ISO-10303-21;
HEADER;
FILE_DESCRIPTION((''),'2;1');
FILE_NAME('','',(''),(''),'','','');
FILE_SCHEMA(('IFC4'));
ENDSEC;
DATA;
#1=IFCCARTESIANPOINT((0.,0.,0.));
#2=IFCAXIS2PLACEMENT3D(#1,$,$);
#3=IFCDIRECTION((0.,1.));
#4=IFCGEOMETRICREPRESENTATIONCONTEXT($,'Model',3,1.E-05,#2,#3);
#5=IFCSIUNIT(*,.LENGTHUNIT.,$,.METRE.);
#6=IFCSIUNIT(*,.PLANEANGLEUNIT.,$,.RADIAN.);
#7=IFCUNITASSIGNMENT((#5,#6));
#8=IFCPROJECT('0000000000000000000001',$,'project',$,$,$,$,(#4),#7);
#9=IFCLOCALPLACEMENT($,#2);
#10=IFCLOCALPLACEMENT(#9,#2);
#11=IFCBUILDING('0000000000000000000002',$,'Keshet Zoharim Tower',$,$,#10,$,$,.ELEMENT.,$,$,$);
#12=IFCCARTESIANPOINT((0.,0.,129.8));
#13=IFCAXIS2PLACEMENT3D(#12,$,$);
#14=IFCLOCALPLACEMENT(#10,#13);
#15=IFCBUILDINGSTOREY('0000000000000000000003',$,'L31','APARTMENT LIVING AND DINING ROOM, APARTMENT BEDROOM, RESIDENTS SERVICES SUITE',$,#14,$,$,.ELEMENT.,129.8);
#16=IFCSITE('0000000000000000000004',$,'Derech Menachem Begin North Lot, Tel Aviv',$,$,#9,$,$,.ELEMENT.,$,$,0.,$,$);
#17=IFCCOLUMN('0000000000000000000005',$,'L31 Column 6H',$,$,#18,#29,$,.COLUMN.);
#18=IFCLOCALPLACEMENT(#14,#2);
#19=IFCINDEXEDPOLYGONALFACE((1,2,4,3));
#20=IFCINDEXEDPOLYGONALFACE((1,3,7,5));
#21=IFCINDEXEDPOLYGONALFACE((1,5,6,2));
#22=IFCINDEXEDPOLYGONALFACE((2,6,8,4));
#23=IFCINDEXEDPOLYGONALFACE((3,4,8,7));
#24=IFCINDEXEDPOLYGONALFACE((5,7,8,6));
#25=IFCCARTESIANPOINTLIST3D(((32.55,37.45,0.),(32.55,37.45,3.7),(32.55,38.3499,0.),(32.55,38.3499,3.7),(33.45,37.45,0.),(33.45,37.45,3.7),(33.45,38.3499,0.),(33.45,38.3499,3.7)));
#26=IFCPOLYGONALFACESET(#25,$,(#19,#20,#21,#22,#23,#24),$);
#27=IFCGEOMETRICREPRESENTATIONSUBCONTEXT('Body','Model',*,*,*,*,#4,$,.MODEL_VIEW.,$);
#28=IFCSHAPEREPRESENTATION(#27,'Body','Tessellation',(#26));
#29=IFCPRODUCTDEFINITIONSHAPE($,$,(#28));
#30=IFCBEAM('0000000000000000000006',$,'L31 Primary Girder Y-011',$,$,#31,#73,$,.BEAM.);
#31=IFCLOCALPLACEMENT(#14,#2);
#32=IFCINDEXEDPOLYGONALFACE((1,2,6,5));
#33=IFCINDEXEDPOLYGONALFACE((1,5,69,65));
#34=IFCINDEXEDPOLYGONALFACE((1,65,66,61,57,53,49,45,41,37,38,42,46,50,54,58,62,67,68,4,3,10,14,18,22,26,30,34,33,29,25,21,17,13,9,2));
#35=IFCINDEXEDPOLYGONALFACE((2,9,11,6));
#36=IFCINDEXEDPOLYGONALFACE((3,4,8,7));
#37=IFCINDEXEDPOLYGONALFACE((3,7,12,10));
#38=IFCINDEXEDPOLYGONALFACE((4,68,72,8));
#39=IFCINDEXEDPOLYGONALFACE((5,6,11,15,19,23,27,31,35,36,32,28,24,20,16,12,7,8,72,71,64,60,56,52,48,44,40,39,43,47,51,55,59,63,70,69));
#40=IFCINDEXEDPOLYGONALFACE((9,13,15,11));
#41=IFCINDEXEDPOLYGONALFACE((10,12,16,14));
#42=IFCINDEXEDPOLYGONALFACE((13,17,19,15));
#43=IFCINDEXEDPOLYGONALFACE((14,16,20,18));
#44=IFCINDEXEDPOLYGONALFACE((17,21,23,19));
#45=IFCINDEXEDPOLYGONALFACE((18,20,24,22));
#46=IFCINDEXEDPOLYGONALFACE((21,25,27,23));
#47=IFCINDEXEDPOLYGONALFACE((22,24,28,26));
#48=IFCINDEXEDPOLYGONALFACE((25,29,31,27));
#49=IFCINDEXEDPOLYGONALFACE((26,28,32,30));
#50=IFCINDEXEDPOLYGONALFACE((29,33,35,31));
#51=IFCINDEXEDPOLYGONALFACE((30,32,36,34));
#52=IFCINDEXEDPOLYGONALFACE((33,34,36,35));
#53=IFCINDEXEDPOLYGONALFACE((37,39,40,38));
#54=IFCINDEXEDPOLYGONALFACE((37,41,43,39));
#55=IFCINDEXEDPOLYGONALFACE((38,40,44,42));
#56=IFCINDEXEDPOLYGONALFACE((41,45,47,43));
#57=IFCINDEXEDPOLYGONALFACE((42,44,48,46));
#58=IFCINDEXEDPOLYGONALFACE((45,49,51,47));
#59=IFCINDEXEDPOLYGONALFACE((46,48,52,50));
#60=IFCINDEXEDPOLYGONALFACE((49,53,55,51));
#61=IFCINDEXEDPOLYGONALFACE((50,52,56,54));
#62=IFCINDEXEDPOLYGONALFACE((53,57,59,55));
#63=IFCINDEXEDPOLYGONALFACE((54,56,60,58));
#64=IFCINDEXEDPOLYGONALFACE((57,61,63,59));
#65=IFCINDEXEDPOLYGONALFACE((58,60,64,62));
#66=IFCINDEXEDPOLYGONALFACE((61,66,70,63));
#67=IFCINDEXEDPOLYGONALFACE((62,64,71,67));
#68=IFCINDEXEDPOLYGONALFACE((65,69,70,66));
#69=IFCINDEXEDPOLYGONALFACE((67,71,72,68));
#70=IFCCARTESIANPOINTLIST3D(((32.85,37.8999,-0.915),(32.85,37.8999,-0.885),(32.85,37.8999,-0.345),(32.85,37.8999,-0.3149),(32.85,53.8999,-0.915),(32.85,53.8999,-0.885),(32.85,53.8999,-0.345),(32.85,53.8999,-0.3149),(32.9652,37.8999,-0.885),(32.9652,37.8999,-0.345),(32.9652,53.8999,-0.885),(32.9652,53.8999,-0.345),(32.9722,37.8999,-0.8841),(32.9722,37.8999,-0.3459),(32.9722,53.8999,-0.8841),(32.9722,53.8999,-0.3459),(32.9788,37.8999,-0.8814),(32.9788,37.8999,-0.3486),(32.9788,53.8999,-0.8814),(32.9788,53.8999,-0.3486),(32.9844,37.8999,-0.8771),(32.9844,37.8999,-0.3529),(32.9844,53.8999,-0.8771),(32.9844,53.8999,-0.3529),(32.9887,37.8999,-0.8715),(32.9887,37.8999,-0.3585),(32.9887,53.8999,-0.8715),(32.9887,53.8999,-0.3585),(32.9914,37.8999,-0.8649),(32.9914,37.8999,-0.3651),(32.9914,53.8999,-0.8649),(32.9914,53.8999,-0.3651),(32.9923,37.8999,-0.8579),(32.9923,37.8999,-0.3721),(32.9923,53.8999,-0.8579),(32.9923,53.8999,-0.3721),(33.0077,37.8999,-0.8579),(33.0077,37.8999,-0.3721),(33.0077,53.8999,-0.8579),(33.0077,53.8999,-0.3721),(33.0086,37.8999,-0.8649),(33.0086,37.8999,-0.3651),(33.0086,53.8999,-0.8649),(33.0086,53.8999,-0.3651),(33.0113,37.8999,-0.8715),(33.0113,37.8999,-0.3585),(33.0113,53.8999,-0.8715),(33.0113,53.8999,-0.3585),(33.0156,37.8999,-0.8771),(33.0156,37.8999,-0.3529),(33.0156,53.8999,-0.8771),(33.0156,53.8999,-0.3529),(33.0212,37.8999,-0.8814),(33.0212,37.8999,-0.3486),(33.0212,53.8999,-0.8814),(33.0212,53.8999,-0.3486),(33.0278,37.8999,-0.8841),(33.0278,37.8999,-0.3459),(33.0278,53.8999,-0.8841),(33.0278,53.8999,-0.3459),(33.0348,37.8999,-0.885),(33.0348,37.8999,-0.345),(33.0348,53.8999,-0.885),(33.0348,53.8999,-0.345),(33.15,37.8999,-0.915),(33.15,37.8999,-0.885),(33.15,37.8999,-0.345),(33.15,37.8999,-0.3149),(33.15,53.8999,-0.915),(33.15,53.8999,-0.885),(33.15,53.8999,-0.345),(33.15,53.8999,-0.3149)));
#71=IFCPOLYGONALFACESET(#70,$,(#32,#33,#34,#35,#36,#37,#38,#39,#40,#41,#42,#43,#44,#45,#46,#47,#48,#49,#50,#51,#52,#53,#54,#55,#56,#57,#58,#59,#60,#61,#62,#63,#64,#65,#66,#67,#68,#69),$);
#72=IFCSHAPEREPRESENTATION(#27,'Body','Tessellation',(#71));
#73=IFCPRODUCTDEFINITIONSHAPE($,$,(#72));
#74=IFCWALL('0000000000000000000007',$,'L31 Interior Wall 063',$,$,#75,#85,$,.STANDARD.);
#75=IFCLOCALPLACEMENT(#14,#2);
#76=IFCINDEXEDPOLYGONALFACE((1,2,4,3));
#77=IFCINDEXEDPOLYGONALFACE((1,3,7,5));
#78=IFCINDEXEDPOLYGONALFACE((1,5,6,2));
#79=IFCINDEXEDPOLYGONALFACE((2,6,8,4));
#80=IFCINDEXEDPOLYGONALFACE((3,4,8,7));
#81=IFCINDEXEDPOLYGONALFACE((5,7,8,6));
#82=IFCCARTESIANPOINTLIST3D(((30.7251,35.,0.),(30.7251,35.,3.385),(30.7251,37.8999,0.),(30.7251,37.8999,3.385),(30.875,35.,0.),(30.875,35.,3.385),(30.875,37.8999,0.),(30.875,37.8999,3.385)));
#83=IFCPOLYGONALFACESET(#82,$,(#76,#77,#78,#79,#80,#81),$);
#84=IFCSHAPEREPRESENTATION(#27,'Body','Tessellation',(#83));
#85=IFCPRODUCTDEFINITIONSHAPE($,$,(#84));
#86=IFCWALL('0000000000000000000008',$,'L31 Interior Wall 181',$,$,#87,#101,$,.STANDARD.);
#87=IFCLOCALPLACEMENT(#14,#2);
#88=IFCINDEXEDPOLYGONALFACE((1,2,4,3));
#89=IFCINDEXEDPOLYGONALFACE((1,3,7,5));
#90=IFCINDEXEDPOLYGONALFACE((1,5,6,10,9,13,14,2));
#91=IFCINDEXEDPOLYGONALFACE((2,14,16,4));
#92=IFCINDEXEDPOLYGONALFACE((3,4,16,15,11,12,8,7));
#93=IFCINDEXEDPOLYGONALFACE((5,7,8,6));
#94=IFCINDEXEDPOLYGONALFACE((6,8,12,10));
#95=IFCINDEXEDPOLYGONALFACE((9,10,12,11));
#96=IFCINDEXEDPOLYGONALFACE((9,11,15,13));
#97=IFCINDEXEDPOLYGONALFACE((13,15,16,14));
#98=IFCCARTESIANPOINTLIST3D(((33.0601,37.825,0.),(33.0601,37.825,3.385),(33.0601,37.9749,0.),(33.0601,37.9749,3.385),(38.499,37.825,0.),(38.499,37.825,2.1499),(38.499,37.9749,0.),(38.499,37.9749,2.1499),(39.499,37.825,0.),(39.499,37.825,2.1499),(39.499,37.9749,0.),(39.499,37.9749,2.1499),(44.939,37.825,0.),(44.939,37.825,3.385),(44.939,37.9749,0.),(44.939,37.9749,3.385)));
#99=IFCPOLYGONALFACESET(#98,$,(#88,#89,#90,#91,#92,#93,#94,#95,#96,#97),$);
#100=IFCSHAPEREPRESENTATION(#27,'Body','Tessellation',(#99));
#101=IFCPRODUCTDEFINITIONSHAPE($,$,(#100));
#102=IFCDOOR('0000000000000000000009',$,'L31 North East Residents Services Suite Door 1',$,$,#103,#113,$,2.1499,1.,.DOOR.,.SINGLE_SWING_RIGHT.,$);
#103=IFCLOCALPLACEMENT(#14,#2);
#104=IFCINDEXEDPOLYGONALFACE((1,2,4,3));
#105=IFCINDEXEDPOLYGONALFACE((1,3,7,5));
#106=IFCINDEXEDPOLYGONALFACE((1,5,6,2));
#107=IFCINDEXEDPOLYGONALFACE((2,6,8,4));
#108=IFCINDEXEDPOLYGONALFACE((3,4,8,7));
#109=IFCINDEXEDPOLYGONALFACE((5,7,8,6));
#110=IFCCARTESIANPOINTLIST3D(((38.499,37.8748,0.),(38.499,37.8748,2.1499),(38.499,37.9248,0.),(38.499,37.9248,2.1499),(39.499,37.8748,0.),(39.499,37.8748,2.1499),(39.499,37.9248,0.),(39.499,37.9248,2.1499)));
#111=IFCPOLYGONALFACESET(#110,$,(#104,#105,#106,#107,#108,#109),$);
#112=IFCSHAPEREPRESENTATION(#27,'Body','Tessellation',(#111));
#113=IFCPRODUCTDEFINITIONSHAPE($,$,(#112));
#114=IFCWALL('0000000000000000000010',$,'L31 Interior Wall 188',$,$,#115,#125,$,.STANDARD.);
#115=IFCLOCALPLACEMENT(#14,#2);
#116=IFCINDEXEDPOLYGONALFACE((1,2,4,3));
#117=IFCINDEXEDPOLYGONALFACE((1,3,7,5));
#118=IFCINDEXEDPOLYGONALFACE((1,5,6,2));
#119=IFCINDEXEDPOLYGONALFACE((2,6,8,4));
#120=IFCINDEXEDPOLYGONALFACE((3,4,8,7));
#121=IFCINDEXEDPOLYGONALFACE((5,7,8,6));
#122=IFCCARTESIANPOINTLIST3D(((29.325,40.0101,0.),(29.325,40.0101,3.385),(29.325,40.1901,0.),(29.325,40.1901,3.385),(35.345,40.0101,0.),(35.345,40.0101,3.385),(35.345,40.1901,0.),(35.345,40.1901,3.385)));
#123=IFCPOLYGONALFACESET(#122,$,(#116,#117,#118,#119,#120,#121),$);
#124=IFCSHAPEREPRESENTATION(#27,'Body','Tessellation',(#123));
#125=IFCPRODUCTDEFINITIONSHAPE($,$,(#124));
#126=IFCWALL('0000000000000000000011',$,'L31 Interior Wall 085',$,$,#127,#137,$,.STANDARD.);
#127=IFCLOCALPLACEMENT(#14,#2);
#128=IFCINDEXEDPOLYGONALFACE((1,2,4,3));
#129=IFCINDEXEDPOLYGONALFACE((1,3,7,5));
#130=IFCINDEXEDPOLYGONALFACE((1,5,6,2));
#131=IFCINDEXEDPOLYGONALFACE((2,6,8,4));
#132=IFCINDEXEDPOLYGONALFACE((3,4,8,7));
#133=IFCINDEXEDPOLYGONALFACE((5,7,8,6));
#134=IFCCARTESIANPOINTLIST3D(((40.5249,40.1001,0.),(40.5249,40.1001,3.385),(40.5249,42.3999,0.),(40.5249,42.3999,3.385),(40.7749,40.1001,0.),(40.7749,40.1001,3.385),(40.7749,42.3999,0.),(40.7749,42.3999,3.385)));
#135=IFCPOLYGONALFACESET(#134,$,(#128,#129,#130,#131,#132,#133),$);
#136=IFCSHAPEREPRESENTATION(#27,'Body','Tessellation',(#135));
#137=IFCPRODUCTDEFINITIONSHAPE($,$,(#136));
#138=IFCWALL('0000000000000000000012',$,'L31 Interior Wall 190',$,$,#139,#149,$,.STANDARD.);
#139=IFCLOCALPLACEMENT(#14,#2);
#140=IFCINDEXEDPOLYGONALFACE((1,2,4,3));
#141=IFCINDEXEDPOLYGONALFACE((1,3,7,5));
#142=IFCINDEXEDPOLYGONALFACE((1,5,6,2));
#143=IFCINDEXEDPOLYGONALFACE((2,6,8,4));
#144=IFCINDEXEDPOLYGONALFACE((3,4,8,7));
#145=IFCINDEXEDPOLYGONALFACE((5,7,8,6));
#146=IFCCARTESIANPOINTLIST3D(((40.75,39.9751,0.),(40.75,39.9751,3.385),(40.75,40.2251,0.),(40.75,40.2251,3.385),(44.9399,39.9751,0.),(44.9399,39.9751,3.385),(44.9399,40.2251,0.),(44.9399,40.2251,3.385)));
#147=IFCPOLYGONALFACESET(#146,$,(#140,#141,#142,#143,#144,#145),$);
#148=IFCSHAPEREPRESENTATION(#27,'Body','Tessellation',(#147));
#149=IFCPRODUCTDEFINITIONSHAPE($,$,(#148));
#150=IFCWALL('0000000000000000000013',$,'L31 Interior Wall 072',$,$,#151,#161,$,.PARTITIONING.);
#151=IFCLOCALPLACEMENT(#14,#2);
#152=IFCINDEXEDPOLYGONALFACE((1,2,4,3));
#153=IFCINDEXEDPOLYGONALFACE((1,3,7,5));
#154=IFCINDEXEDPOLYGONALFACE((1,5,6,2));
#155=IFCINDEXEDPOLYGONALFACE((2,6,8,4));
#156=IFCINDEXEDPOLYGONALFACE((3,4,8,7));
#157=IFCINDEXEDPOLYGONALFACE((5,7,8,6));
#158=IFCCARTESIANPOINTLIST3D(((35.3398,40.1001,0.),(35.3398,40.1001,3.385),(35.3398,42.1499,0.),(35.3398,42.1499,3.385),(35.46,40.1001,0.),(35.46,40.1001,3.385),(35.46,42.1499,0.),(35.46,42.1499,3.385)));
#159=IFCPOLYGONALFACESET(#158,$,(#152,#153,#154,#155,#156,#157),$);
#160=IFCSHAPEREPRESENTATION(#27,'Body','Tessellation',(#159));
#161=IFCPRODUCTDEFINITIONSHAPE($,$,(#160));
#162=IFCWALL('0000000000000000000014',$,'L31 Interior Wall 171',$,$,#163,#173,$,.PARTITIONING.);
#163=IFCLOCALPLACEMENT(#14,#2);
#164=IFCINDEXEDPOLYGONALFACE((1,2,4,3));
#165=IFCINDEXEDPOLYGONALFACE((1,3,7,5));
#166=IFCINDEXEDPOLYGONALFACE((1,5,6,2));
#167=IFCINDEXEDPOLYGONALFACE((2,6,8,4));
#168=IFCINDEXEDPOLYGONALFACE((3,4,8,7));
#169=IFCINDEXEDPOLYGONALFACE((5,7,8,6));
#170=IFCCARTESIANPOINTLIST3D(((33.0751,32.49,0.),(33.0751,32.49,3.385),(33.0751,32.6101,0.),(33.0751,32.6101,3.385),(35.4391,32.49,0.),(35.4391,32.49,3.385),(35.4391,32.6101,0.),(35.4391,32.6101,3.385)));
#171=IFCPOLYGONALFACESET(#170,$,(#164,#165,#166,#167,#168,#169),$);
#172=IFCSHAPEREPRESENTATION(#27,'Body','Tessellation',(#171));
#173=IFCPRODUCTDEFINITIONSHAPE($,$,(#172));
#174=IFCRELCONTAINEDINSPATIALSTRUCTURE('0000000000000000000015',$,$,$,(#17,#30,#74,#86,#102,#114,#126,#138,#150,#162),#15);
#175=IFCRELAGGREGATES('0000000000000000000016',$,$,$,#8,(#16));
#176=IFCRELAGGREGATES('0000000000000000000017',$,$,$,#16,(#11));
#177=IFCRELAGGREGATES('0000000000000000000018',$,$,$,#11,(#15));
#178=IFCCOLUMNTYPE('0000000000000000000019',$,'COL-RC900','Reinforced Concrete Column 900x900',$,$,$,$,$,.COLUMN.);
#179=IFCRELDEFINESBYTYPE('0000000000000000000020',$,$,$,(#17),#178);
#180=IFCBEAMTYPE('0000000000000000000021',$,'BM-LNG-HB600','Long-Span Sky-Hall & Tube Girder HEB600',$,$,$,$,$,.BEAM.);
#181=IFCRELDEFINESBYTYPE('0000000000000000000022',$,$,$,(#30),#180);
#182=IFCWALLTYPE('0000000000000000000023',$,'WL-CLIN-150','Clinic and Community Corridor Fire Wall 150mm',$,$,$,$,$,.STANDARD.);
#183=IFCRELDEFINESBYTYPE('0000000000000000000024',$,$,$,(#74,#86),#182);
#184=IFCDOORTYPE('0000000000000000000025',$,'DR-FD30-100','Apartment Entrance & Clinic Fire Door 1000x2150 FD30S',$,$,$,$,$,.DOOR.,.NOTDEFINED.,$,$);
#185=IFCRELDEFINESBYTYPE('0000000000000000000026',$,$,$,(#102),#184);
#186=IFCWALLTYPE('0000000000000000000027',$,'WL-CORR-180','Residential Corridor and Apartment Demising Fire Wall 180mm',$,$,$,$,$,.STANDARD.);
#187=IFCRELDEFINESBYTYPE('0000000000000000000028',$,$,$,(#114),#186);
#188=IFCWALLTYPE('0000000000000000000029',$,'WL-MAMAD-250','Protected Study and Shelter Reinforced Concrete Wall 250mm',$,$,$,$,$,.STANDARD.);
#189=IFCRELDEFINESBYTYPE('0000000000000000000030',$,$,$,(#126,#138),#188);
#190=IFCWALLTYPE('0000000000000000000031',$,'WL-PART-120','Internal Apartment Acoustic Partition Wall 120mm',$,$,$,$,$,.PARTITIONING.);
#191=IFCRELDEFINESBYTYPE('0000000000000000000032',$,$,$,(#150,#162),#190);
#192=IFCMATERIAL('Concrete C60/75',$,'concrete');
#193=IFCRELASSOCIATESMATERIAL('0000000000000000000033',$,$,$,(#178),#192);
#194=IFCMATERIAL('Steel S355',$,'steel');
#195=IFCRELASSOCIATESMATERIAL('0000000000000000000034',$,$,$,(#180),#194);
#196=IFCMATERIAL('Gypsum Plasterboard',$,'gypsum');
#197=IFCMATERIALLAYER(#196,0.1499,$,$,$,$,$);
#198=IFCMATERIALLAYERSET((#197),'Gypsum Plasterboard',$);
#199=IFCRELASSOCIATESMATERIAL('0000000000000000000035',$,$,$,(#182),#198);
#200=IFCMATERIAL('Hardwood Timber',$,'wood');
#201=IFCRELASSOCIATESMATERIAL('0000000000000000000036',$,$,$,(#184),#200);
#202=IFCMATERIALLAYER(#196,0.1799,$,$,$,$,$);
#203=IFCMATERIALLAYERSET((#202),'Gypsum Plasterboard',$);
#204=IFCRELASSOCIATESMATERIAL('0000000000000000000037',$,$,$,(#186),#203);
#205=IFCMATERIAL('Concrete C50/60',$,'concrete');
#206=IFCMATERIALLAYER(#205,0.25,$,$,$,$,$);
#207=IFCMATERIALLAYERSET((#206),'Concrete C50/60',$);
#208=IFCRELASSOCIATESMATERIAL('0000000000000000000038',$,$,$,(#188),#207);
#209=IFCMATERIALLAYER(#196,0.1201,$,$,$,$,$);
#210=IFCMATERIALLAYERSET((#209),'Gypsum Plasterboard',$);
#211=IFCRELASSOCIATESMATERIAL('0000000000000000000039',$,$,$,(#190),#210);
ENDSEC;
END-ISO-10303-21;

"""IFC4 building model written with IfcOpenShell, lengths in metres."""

from ifc_helpers import new_model, si_unit, direction, frame, frame_2d, origin, origin_2d, place, context, subcontext, project, spatial, rectangle, i_section, extrude, material, layer, layer_set, material_profile, profile_set, type_object, element, fill, save


model = new_model("IFC4")

# Units and contexts
model_context = context("Model", 3, precision=1e-05, world=origin(), true_north=direction((0.0, 1.0)))
body_context = subcontext(model_context, "Body", "Model", "MODEL_VIEW")
ifc_project = project(units=[si_unit("LENGTHUNIT", "METRE"), si_unit("PLANEANGLEUNIT", "RADIAN")], contexts=[model_context])

# Site, building, storey
site_placement = place(None, origin())
site = spatial("IfcSite", under=ifc_project, at=site_placement, Name="Derech Menachem Begin North Lot, Tel Aviv", CompositionType="ELEMENT", RefElevation=0.0)
building_placement = place(site_placement, origin())
building = spatial("IfcBuilding", under=site, at=building_placement, Name="Keshet Zoharim Tower", CompositionType="ELEMENT")
storey_placement = place(building_placement, frame((0.0, 0.0, 129.8)))
storey = spatial("IfcBuildingStorey", under=building, at=storey_placement, Name="L31", Description="APARTMENT LIVING AND DINING ROOM, APARTMENT BEDROOM, RESIDENTS SERVICES SUITE", CompositionType="ELEMENT", Elevation=129.8)

# Column
ifc_material_1 = material(Name="Concrete C60/75", Category="concrete")
ifc_material_profile_1 = material_profile(ifc_material_1, rectangle(XDim=0.8999, YDim=0.8999, at=origin_2d()), Name="RC900x900")
ifc_profile_set_1 = profile_set([ifc_material_profile_1], Name="Concrete C60/75")
column_type = type_object("IfcColumnType", Name="COL-RC900", Description="Reinforced Concrete Column 900x900", PredefinedType="COLUMN", material=ifc_profile_set_1)
column_placement = place(storey_placement, frame((33.0, 37.8999, 0.0), z_axis=(0.0, 0.0, 1.0), x_axis=(1.0, 0.0, 0.0)))
element("IfcColumn", 1, at=column_placement, inside=storey, type_object=column_type, Name="L31 Column 6H", PredefinedType="COLUMN", context=body_context, shape_type="SweptSolid", body=[
    extrude(rectangle(XDim=0.8999, YDim=0.8999, at=origin_2d()), origin(), (0.0, 0.0, 1.0), 3.7),
])

# Beam
ifc_material_2 = material(Name="Steel S355", Category="steel")
ifc_material_profile_2 = material_profile(ifc_material_2, i_section(OverallWidth=0.3, OverallDepth=0.6001, WebThickness=0.0154, FlangeThickness=0.03, FilletRadius=0.0271, at=origin_2d()), Name="HEB600")
ifc_profile_set_2 = profile_set([ifc_material_profile_2], Name="Steel S355")
beam_type = type_object("IfcBeamType", Name="BM-LNG-HB600", Description="Long-Span Sky-Hall & Tube Girder HEB600", PredefinedType="BEAM", material=ifc_profile_set_2)
beam_placement = place(storey_placement, frame((33.0, 37.8999, -0.615), z_axis=(0.0, 1.0, 0.0), x_axis=(-1.0, 0.0, 0.0)))
element("IfcBeam", 2, at=beam_placement, inside=storey, type_object=beam_type, Name="L31 Primary Girder Y-011", PredefinedType="BEAM", context=body_context, shape_type="SweptSolid", body=[
    extrude(i_section(OverallWidth=0.3, OverallDepth=0.6001, WebThickness=0.0154, FlangeThickness=0.03, FilletRadius=0.0271, at=origin_2d()), origin(), (0.0, 0.0, 1.0), 16.0),
])

# Wall
ifc_material_3 = material(Name="Gypsum Plasterboard", Category="gypsum")
ifc_layer_1 = layer(ifc_material_3, 0.1499)
ifc_layer_set_1 = layer_set([ifc_layer_1], Name="Gypsum Plasterboard")
wall_type_1 = type_object("IfcWallType", Name="WL-CLIN-150", Description="Clinic and Community Corridor Fire Wall 150mm", PredefinedType="STANDARD", material=ifc_layer_set_1)
wall_1_placement = place(storey_placement, frame((30.8, 35.0, 0.0), z_axis=(0.0, 0.0, 1.0), x_axis=(0.0, 1.0, 0.0)))
element("IfcWall", 3, at=wall_1_placement, inside=storey, type_object=wall_type_1, Name="L31 Interior Wall 063", PredefinedType="STANDARD", context=body_context, shape_type="SweptSolid", body=[
    extrude(rectangle(XDim=2.8999, YDim=0.1499, at=frame_2d((1.45, 0.0))), origin(), (0.0, 0.0, 1.0), 3.385),
])

# Wall, opening, door
ifc_material_4 = material(Name="Hardwood Timber", Category="wood")
door_type_1 = type_object("IfcDoorType", Name="DR-FD30-100", Description="Apartment Entrance & Clinic Fire Door 1000x2150 FD30S", OperationType="NOTDEFINED", PredefinedType="DOOR", material=ifc_material_4)
wall_2_placement = place(storey_placement, frame((33.0601, 37.8999, 0.0), z_axis=(0.0, 0.0, 1.0), x_axis=(1.0, 0.0, 0.0)))
wall_2 = element("IfcWall", 4, at=wall_2_placement, inside=storey, type_object=wall_type_1, Name="L31 Interior Wall 181", PredefinedType="STANDARD", context=body_context, shape_type="SweptSolid", body=[
    extrude(rectangle(XDim=11.8789, YDim=0.1499, at=frame_2d((5.9395, 0.0))), origin(), (0.0, 0.0, 1.0), 3.385),
])
opening_1_placement = place(wall_2_placement, frame((5.439, 0.0, 0.0)))
opening_1 = element("IfcOpeningElement", 5, at=opening_1_placement, cuts=wall_2, PredefinedType="OPENING", context=body_context, shape_type="SweptSolid", body=[
    extrude(rectangle(XDim=1.0, YDim=2.1499, at=frame_2d((0.5, 1.075))), frame((0.0, 0.085, 0.0), z_axis=(0.0, -1.0, 0.0), x_axis=(1.0, 0.0, 0.0)), (0.0, 0.0, 1.0), 0.1699),
])
door_1_placement = place(opening_1_placement, origin())
door_1 = element("IfcDoor", 6, at=door_1_placement, inside=storey, type_object=door_type_1, Name="L31 North East Residents Services Suite Door 1", OperationType="SINGLE_SWING_RIGHT", OverallHeight=2.1499, OverallWidth=1.0, PredefinedType="DOOR", context=body_context, shape_type="SweptSolid", body=[
    extrude(rectangle(XDim=1.0, YDim=2.1499, at=frame_2d((0.5, 1.075))), frame((0.0, 0.0249, 0.0), z_axis=(0.0, -1.0, 0.0), x_axis=(1.0, 0.0, 0.0)), (0.0, 0.0, 1.0), 0.05),
])
fill(opening_1, door_1)

# Wall
ifc_layer_2 = layer(ifc_material_3, 0.1799)
ifc_layer_set_2 = layer_set([ifc_layer_2], Name="Gypsum Plasterboard")
wall_type_2 = type_object("IfcWallType", Name="WL-CORR-180", Description="Residential Corridor and Apartment Demising Fire Wall 180mm", PredefinedType="STANDARD", material=ifc_layer_set_2)
wall_3_placement = place(storey_placement, frame((29.325, 40.1001, 0.0), z_axis=(0.0, 0.0, 1.0), x_axis=(1.0, 0.0, 0.0)))
element("IfcWall", 7, at=wall_3_placement, inside=storey, type_object=wall_type_2, Name="L31 Interior Wall 188", PredefinedType="STANDARD", context=body_context, shape_type="SweptSolid", body=[
    extrude(rectangle(XDim=6.02, YDim=0.1799, at=frame_2d((3.01, 0.0))), origin(), (0.0, 0.0, 1.0), 3.385),
])

# Walls
ifc_material_5 = material(Name="Concrete C50/60", Category="concrete")
ifc_layer_3 = layer(ifc_material_5, 0.25)
ifc_layer_set_3 = layer_set([ifc_layer_3], Name="Concrete C50/60")
wall_type_3 = type_object("IfcWallType", Name="WL-MAMAD-250", Description="Protected Study and Shelter Reinforced Concrete Wall 250mm", PredefinedType="STANDARD", material=ifc_layer_set_3)
wall_4_placement = place(storey_placement, frame((40.6499, 40.1001, 0.0), z_axis=(0.0, 0.0, 1.0), x_axis=(0.0, 1.0, 0.0)))
element("IfcWall", 8, at=wall_4_placement, inside=storey, type_object=wall_type_3, Name="L31 Interior Wall 085", PredefinedType="STANDARD", context=body_context, shape_type="SweptSolid", body=[
    extrude(rectangle(XDim=2.2998, YDim=0.25, at=frame_2d((1.1499, 0.0))), origin(), (0.0, 0.0, 1.0), 3.385),
])
wall_5_placement = place(storey_placement, frame((40.75, 40.1001, 0.0), z_axis=(0.0, 0.0, 1.0), x_axis=(1.0, 0.0, 0.0)))
element("IfcWall", 9, at=wall_5_placement, inside=storey, type_object=wall_type_3, Name="L31 Interior Wall 190", PredefinedType="STANDARD", context=body_context, shape_type="SweptSolid", body=[
    extrude(rectangle(XDim=4.1899, YDim=0.25, at=frame_2d((2.095, 0.0))), origin(), (0.0, 0.0, 1.0), 3.385),
])

# Shared definitions
ifc_layer_4 = layer(ifc_material_3, 0.1201)
ifc_layer_set_4 = layer_set([ifc_layer_4], Name="Gypsum Plasterboard")
wall_type_4 = type_object("IfcWallType", Name="WL-PART-120", Description="Internal Apartment Acoustic Partition Wall 120mm", PredefinedType="PARTITIONING", material=ifc_layer_set_4)

# Walls
wall_6_placement = place(storey_placement, frame((35.3999, 40.1001, 0.0), z_axis=(0.0, 0.0, 1.0), x_axis=(0.0, 1.0, 0.0)))
element("IfcWall", 10, at=wall_6_placement, inside=storey, type_object=wall_type_4, Name="L31 Interior Wall 072", PredefinedType="PARTITIONING", context=body_context, shape_type="SweptSolid", body=[
    extrude(rectangle(XDim=2.0498, YDim=0.1201, at=frame_2d((1.0249, 0.0))), origin(), (0.0, 0.0, 1.0), 3.385),
])
wall_7_placement = place(storey_placement, frame((33.075, 32.55, 0.0), z_axis=(0.0, 0.0, 1.0), x_axis=(1.0, 0.0, 0.0)))
element("IfcWall", 11, at=wall_7_placement, inside=storey, type_object=wall_type_4, Name="L31 Interior Wall 171", PredefinedType="PARTITIONING", context=body_context, shape_type="SweptSolid", body=[
    extrude(rectangle(XDim=2.364, YDim=0.1201, at=frame_2d((1.1821, 0.0))), origin(), (0.0, 0.0, 1.0), 3.385),
])

save(model, "model.ifc")
